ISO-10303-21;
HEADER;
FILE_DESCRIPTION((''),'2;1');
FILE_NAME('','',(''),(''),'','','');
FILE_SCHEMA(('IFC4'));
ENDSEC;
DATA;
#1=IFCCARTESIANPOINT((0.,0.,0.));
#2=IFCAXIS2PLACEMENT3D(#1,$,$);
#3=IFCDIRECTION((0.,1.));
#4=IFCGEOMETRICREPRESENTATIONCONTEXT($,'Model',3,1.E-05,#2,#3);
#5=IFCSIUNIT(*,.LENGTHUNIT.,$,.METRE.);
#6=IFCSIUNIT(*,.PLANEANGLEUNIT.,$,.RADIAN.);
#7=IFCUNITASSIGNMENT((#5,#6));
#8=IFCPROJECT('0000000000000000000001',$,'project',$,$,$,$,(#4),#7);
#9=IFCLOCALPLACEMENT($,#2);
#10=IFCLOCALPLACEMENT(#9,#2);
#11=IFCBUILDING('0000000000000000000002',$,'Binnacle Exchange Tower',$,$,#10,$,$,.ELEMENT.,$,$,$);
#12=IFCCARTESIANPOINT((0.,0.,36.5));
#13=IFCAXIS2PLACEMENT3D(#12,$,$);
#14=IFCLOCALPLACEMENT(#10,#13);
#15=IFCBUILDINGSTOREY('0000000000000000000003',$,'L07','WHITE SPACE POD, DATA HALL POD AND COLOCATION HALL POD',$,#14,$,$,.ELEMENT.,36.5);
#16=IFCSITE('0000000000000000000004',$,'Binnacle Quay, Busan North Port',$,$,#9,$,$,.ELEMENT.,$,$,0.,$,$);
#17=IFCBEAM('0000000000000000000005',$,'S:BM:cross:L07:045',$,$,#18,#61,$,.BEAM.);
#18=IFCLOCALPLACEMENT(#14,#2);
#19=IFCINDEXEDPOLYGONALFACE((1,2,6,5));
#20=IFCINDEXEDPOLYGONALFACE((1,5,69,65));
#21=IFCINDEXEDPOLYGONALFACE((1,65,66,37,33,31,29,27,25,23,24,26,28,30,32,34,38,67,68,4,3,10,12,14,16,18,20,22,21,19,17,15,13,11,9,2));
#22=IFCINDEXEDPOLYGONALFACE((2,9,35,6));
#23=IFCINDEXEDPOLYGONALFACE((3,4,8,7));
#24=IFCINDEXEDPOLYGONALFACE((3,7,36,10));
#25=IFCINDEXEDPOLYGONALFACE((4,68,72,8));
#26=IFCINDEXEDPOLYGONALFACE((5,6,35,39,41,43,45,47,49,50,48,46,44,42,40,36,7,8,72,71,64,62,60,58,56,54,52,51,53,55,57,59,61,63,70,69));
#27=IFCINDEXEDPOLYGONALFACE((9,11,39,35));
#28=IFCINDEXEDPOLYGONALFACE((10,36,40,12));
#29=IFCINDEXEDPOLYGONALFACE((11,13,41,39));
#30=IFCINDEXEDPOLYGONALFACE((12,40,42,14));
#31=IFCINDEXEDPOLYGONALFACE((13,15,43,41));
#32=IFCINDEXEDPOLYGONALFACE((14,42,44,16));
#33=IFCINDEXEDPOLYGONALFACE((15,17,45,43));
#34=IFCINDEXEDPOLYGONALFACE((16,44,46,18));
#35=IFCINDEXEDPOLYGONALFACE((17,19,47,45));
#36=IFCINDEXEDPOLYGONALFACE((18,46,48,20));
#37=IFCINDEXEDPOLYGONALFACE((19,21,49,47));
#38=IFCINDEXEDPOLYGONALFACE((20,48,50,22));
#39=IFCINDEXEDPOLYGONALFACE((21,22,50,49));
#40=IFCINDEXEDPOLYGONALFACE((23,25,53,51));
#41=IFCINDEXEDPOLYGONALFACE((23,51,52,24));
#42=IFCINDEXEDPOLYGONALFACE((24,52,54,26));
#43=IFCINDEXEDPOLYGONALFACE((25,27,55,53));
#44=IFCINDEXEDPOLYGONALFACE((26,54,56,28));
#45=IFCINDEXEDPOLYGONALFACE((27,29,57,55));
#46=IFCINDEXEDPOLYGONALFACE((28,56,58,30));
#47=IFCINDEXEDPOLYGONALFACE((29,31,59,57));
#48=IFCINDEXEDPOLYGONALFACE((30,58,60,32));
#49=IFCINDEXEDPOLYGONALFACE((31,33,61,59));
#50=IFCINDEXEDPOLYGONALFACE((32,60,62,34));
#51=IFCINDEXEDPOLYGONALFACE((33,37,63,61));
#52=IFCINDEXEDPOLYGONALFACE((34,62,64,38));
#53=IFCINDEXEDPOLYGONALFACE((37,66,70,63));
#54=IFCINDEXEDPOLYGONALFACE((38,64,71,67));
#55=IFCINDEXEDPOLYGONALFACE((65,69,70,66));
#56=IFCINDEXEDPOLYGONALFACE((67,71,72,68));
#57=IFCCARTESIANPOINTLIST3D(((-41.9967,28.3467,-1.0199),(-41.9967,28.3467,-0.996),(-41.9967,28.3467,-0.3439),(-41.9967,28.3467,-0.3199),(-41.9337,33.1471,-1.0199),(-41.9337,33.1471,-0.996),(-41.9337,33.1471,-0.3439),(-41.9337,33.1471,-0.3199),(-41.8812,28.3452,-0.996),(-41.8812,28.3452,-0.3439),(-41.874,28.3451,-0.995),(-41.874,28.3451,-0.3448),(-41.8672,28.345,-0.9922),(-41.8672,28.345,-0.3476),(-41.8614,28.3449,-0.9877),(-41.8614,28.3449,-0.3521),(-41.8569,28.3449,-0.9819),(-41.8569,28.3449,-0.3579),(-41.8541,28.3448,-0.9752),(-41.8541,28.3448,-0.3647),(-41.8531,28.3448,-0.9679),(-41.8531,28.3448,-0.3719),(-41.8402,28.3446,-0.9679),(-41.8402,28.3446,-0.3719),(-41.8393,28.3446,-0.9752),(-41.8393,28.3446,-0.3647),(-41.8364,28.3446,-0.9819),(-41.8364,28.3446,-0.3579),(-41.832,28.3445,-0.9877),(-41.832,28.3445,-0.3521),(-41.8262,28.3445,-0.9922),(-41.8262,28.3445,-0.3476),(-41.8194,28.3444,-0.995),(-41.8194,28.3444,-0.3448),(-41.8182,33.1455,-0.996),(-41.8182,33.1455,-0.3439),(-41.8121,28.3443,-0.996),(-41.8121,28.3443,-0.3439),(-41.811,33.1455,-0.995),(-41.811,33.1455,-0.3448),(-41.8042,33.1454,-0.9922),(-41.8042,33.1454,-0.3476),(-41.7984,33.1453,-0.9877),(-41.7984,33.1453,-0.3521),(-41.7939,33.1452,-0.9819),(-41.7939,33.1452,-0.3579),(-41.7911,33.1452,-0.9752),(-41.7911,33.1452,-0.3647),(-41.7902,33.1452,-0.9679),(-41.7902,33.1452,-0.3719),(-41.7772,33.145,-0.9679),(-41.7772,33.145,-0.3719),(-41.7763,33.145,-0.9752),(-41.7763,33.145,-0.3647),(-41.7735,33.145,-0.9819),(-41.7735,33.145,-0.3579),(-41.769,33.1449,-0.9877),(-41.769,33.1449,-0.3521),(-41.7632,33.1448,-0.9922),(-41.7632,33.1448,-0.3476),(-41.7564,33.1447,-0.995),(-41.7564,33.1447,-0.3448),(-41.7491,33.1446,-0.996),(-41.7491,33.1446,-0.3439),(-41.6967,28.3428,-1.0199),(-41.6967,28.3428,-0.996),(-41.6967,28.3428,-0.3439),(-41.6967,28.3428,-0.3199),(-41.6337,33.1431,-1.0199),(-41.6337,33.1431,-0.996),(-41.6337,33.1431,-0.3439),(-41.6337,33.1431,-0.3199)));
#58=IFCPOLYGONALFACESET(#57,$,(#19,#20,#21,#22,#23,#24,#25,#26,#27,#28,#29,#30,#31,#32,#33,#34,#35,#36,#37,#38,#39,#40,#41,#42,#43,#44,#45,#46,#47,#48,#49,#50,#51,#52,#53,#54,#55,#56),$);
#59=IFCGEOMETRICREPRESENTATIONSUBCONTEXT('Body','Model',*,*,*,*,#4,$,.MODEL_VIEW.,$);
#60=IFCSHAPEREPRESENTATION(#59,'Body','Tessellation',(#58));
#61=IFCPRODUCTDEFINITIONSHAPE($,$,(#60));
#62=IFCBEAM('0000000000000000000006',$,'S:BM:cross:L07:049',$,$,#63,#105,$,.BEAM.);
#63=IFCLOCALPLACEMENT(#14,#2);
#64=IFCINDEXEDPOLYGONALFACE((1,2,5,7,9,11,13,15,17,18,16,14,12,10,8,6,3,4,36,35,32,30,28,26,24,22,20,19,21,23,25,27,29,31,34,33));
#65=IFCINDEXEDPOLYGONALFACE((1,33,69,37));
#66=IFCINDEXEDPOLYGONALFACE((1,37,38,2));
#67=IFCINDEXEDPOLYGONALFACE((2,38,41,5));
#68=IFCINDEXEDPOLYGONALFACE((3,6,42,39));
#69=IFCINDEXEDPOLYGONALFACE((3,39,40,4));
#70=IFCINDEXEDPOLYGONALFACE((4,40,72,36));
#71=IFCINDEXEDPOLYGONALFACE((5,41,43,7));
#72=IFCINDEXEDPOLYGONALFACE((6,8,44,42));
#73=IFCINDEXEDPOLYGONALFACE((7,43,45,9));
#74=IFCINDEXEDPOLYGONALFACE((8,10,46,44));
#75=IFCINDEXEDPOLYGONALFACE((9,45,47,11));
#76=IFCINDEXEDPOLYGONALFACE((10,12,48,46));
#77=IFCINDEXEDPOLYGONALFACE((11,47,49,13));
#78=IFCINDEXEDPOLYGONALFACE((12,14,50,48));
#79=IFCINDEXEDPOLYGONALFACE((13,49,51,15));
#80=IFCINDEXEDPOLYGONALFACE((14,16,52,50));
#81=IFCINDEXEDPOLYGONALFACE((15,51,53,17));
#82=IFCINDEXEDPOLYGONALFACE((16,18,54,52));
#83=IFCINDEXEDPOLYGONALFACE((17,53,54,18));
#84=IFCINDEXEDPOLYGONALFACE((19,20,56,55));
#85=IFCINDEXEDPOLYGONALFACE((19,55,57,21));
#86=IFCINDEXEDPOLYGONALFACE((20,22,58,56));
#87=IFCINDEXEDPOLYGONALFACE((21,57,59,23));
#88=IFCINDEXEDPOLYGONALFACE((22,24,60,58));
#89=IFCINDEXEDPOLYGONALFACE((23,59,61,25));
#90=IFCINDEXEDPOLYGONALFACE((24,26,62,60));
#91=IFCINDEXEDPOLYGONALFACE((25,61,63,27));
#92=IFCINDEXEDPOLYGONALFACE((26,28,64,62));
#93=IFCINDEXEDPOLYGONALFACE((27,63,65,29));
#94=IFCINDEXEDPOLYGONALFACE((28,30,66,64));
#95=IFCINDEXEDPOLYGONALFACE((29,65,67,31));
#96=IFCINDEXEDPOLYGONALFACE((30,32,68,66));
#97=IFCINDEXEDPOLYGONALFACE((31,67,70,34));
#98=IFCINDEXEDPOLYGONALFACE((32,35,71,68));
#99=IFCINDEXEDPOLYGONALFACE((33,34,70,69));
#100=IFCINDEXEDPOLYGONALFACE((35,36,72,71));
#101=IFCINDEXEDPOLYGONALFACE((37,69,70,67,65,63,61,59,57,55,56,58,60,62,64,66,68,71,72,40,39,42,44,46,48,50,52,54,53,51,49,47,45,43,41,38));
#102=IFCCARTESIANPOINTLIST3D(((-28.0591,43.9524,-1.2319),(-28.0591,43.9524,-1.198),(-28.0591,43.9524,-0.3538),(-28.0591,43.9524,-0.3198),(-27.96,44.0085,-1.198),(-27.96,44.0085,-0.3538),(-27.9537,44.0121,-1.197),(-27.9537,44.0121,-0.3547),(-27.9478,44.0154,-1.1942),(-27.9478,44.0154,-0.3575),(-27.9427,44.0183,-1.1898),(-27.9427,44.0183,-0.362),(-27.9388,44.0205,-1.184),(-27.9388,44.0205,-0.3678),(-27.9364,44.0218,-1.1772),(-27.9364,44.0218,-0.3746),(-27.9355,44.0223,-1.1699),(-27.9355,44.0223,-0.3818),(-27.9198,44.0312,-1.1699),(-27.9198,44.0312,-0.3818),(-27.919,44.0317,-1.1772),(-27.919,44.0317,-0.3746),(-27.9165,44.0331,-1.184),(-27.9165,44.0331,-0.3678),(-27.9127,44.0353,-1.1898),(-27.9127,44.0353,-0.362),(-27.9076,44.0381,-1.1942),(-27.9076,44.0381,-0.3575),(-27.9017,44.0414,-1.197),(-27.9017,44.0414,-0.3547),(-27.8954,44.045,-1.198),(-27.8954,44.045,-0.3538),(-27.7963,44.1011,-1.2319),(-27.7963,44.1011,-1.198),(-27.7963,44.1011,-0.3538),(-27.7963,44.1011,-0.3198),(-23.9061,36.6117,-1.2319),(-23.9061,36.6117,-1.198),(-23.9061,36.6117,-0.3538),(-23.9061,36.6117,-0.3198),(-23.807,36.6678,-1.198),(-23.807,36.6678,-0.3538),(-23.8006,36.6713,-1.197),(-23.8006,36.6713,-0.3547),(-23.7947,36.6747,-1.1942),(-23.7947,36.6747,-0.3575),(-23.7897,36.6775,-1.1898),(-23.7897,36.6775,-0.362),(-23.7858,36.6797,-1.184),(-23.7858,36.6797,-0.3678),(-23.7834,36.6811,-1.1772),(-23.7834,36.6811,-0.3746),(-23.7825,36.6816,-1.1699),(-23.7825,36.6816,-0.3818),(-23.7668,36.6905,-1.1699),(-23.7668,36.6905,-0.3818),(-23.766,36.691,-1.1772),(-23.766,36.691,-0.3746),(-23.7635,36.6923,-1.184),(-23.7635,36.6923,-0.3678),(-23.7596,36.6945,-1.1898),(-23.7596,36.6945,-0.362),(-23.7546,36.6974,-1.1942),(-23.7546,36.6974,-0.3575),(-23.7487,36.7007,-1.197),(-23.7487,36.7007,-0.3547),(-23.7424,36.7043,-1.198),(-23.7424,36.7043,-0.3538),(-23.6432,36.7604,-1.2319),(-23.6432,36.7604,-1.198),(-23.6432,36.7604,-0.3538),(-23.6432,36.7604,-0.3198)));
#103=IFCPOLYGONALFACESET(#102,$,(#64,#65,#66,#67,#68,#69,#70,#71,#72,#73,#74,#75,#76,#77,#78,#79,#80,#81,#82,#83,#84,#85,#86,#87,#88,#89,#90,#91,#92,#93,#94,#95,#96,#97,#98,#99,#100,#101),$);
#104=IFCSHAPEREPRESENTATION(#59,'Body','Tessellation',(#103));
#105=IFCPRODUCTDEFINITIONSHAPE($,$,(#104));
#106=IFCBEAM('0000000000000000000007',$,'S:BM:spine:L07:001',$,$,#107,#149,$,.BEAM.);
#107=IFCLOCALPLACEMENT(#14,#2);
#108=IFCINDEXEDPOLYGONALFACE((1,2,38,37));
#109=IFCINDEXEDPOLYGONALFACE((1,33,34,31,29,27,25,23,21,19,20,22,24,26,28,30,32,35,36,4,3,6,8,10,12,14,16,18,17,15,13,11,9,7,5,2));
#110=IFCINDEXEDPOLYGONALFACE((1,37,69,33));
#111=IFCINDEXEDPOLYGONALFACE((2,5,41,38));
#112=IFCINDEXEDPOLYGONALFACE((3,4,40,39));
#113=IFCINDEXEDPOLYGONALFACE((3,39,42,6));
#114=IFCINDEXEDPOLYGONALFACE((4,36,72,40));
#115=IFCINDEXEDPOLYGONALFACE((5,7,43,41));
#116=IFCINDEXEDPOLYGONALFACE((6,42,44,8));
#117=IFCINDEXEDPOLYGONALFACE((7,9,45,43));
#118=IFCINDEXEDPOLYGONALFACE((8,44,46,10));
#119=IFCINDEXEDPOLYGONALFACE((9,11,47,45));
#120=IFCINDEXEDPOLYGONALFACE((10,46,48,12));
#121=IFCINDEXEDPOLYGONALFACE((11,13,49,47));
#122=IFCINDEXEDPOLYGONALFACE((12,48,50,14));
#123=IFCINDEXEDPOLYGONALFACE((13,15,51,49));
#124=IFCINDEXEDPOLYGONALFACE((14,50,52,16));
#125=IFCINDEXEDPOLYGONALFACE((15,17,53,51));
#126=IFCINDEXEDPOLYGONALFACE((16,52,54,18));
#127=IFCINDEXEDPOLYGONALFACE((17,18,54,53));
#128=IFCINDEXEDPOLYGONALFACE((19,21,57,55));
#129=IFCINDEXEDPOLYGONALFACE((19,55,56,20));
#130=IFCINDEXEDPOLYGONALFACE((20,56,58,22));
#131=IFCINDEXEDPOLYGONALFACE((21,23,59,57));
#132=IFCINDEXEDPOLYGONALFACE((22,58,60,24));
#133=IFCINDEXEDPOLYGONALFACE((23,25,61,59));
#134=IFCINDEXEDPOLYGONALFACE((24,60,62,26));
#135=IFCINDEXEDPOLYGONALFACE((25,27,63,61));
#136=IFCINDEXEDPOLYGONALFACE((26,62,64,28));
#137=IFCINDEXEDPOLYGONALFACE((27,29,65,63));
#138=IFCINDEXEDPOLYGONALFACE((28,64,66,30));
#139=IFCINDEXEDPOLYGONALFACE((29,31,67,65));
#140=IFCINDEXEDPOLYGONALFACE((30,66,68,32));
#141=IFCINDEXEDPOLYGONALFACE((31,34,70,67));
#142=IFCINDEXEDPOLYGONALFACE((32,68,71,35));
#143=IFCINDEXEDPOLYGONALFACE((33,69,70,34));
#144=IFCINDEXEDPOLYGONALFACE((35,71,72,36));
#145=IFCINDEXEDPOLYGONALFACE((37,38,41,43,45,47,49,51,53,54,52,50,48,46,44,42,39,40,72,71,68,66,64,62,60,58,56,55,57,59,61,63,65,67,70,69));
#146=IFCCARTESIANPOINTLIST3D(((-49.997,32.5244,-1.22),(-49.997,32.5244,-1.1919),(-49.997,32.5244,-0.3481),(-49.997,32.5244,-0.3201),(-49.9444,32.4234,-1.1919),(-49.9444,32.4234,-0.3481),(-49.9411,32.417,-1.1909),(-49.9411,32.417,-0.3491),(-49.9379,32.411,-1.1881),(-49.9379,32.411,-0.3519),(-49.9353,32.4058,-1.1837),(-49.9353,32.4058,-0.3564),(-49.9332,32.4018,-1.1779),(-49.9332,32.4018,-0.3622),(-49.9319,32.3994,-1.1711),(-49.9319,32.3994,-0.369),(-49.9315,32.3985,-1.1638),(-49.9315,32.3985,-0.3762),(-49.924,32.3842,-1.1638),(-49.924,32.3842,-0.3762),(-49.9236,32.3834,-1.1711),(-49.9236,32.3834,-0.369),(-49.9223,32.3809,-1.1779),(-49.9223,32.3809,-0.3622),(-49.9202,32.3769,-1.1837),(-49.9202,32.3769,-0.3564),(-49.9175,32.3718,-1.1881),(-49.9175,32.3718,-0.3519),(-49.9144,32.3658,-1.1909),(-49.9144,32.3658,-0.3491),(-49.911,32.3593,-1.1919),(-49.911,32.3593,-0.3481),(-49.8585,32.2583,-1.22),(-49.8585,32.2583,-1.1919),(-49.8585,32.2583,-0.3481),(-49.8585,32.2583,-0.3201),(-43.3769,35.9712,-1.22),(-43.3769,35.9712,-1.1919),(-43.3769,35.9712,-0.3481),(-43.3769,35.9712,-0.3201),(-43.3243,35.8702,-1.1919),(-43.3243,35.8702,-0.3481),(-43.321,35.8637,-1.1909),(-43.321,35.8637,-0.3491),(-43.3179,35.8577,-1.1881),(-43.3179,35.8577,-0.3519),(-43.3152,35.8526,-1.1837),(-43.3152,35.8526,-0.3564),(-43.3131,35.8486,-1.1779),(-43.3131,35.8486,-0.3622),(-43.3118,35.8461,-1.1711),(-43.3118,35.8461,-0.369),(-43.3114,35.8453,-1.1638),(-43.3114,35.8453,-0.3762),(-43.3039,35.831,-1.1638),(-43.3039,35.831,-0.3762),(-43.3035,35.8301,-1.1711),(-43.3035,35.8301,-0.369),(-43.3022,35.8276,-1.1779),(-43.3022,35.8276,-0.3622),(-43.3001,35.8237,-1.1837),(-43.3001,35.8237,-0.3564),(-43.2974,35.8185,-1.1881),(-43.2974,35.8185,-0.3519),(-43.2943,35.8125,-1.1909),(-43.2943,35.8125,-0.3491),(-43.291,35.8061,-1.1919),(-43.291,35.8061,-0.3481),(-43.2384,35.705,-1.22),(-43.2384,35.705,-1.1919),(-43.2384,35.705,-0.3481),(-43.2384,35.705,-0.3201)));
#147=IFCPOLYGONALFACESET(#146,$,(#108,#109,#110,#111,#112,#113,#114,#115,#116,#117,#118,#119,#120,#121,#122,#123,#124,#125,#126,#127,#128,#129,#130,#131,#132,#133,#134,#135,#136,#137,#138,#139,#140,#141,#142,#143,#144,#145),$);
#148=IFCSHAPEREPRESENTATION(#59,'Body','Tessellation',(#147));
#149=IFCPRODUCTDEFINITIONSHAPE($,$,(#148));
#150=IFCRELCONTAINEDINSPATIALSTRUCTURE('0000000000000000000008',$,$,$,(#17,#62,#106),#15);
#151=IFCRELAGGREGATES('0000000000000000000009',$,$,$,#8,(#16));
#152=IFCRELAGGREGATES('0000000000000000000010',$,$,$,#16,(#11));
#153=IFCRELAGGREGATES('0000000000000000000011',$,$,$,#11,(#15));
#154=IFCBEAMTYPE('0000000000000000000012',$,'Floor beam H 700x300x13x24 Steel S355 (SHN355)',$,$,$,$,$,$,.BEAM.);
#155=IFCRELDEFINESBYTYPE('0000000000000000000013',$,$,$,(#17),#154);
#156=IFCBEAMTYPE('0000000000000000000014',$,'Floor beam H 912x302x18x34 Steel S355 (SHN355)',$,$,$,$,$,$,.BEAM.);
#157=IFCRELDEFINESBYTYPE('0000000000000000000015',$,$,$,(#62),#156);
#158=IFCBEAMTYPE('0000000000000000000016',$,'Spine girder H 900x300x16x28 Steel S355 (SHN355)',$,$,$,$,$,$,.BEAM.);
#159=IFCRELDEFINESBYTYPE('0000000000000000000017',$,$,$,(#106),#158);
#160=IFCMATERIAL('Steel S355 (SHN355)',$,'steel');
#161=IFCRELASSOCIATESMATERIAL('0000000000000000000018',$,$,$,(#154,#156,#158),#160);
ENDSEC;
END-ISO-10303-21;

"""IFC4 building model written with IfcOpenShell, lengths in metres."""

from ifc_helpers import new_model, si_unit, direction, frame, origin, origin_2d, place, context, subcontext, project, spatial, i_section, extrude, material, material_profile, profile_set, type_object, element, save


model = new_model("IFC4")

# Units and contexts
model_context = context("Model", 3, precision=1e-05, world=origin(), true_north=direction((0.0, 1.0)))
body_context = subcontext(model_context, "Body", "Model", "MODEL_VIEW")
ifc_project = project(units=[si_unit("LENGTHUNIT", "METRE"), si_unit("PLANEANGLEUNIT", "RADIAN")], contexts=[model_context])

# Site, building, storey
site_placement = place(None, origin())
site = spatial("IfcSite", under=ifc_project, at=site_placement, Name="Binnacle Quay, Busan North Port", CompositionType="ELEMENT", RefElevation=0.0)
building_placement = place(site_placement, origin())
building = spatial("IfcBuilding", under=site, at=building_placement, Name="Binnacle Exchange Tower", CompositionType="ELEMENT")
storey_placement = place(building_placement, frame((0.0, 0.0, 36.5)))
storey = spatial("IfcBuildingStorey", under=building, at=storey_placement, Name="L07", Description="WHITE SPACE POD, DATA HALL POD AND COLOCATION HALL POD", CompositionType="ELEMENT", Elevation=36.5)

# Beams
ifc_material_1 = material(Name="Steel S355 (SHN355)", Category="steel")
ifc_material_profile_1 = material_profile(ifc_material_1, i_section(OverallWidth=0.3, OverallDepth=0.7, WebThickness=0.0129, FlangeThickness=0.0239, FilletRadius=0.0281, at=origin_2d()), Name="H 700x300x13x24")
ifc_profile_set_1 = profile_set([ifc_material_profile_1], Name="Steel S355 (SHN355)")
beam_type_1 = type_object("IfcBeamType", Name="Floor beam H 700x300x13x24 Steel S355 (SHN355)", PredefinedType="BEAM", material=ifc_profile_set_1)
beam_1_placement = place(storey_placement, frame((-41.8467, 28.3447, -0.6699), z_axis=(0.013121, 0.999914, 0.0), x_axis=(-0.999914, 0.013121, 0.0)))
element("IfcBeam", 1, at=beam_1_placement, inside=storey, type_object=beam_type_1, Name="S:BM:cross:L07:045", PredefinedType="BEAM", context=body_context, shape_type="SweptSolid", body=[
    extrude(i_section(OverallWidth=0.3, OverallDepth=0.7, WebThickness=0.0129, FlangeThickness=0.0239, FilletRadius=0.0281, at=origin_2d()), origin(), (0.0, 0.0, 1.0), 4.8008),
])
ifc_material_profile_2 = material_profile(ifc_material_1, i_section(OverallWidth=0.302, OverallDepth=0.9121, WebThickness=0.0181, FlangeThickness=0.0339, FilletRadius=0.0281, at=origin_2d()), Name="H 912x302x18x34")
ifc_profile_set_2 = profile_set([ifc_material_profile_2], Name="Steel S355 (SHN355)")
beam_type_2 = type_object("IfcBeamType", Name="Floor beam H 912x302x18x34 Steel S355 (SHN355)", PredefinedType="BEAM", material=ifc_profile_set_2)
beam_2_placement = place(storey_placement, frame((-23.7747, 36.686, -0.7759), z_axis=(-0.492409, 0.870364, 0.0), x_axis=(-0.870364, -0.492409, 0.0)))
element("IfcBeam", 2, at=beam_2_placement, inside=storey, type_object=beam_type_2, Name="S:BM:cross:L07:049", PredefinedType="BEAM", context=body_context, shape_type="SweptSolid", body=[
    extrude(i_section(OverallWidth=0.302, OverallDepth=0.9121, WebThickness=0.0181, FlangeThickness=0.0339, FilletRadius=0.0281, at=origin_2d()), origin(), (0.0, 0.0, 1.0), 8.4341),
])
ifc_material_profile_3 = material_profile(ifc_material_1, i_section(OverallWidth=0.3, OverallDepth=0.8999, WebThickness=0.0161, FlangeThickness=0.0281, FilletRadius=0.0281, at=origin_2d()), Name="H 900x300x16x28")
ifc_profile_set_3 = profile_set([ifc_material_profile_3], Name="Steel S355 (SHN355)")
beam_type_3 = type_object("IfcBeamType", Name="Spine girder H 900x300x16x28 Steel S355 (SHN355)", PredefinedType="BEAM", material=ifc_profile_set_3)
beam_3_placement = place(storey_placement, frame((-49.9277, 32.3914, -0.77), z_axis=(0.88698, 0.461808, 0.0), x_axis=(-0.461808, 0.88698, 0.0)))
element("IfcBeam", 3, at=beam_3_placement, inside=storey, type_object=beam_type_3, Name="S:BM:spine:L07:001", PredefinedType="BEAM", context=body_context, shape_type="SweptSolid", body=[
    extrude(i_section(OverallWidth=0.3, OverallDepth=0.8999, WebThickness=0.0161, FlangeThickness=0.0281, FilletRadius=0.0281, at=origin_2d()), origin(), (0.0, 0.0, 1.0), 7.4636),
])

save(model, "model.ifc")
